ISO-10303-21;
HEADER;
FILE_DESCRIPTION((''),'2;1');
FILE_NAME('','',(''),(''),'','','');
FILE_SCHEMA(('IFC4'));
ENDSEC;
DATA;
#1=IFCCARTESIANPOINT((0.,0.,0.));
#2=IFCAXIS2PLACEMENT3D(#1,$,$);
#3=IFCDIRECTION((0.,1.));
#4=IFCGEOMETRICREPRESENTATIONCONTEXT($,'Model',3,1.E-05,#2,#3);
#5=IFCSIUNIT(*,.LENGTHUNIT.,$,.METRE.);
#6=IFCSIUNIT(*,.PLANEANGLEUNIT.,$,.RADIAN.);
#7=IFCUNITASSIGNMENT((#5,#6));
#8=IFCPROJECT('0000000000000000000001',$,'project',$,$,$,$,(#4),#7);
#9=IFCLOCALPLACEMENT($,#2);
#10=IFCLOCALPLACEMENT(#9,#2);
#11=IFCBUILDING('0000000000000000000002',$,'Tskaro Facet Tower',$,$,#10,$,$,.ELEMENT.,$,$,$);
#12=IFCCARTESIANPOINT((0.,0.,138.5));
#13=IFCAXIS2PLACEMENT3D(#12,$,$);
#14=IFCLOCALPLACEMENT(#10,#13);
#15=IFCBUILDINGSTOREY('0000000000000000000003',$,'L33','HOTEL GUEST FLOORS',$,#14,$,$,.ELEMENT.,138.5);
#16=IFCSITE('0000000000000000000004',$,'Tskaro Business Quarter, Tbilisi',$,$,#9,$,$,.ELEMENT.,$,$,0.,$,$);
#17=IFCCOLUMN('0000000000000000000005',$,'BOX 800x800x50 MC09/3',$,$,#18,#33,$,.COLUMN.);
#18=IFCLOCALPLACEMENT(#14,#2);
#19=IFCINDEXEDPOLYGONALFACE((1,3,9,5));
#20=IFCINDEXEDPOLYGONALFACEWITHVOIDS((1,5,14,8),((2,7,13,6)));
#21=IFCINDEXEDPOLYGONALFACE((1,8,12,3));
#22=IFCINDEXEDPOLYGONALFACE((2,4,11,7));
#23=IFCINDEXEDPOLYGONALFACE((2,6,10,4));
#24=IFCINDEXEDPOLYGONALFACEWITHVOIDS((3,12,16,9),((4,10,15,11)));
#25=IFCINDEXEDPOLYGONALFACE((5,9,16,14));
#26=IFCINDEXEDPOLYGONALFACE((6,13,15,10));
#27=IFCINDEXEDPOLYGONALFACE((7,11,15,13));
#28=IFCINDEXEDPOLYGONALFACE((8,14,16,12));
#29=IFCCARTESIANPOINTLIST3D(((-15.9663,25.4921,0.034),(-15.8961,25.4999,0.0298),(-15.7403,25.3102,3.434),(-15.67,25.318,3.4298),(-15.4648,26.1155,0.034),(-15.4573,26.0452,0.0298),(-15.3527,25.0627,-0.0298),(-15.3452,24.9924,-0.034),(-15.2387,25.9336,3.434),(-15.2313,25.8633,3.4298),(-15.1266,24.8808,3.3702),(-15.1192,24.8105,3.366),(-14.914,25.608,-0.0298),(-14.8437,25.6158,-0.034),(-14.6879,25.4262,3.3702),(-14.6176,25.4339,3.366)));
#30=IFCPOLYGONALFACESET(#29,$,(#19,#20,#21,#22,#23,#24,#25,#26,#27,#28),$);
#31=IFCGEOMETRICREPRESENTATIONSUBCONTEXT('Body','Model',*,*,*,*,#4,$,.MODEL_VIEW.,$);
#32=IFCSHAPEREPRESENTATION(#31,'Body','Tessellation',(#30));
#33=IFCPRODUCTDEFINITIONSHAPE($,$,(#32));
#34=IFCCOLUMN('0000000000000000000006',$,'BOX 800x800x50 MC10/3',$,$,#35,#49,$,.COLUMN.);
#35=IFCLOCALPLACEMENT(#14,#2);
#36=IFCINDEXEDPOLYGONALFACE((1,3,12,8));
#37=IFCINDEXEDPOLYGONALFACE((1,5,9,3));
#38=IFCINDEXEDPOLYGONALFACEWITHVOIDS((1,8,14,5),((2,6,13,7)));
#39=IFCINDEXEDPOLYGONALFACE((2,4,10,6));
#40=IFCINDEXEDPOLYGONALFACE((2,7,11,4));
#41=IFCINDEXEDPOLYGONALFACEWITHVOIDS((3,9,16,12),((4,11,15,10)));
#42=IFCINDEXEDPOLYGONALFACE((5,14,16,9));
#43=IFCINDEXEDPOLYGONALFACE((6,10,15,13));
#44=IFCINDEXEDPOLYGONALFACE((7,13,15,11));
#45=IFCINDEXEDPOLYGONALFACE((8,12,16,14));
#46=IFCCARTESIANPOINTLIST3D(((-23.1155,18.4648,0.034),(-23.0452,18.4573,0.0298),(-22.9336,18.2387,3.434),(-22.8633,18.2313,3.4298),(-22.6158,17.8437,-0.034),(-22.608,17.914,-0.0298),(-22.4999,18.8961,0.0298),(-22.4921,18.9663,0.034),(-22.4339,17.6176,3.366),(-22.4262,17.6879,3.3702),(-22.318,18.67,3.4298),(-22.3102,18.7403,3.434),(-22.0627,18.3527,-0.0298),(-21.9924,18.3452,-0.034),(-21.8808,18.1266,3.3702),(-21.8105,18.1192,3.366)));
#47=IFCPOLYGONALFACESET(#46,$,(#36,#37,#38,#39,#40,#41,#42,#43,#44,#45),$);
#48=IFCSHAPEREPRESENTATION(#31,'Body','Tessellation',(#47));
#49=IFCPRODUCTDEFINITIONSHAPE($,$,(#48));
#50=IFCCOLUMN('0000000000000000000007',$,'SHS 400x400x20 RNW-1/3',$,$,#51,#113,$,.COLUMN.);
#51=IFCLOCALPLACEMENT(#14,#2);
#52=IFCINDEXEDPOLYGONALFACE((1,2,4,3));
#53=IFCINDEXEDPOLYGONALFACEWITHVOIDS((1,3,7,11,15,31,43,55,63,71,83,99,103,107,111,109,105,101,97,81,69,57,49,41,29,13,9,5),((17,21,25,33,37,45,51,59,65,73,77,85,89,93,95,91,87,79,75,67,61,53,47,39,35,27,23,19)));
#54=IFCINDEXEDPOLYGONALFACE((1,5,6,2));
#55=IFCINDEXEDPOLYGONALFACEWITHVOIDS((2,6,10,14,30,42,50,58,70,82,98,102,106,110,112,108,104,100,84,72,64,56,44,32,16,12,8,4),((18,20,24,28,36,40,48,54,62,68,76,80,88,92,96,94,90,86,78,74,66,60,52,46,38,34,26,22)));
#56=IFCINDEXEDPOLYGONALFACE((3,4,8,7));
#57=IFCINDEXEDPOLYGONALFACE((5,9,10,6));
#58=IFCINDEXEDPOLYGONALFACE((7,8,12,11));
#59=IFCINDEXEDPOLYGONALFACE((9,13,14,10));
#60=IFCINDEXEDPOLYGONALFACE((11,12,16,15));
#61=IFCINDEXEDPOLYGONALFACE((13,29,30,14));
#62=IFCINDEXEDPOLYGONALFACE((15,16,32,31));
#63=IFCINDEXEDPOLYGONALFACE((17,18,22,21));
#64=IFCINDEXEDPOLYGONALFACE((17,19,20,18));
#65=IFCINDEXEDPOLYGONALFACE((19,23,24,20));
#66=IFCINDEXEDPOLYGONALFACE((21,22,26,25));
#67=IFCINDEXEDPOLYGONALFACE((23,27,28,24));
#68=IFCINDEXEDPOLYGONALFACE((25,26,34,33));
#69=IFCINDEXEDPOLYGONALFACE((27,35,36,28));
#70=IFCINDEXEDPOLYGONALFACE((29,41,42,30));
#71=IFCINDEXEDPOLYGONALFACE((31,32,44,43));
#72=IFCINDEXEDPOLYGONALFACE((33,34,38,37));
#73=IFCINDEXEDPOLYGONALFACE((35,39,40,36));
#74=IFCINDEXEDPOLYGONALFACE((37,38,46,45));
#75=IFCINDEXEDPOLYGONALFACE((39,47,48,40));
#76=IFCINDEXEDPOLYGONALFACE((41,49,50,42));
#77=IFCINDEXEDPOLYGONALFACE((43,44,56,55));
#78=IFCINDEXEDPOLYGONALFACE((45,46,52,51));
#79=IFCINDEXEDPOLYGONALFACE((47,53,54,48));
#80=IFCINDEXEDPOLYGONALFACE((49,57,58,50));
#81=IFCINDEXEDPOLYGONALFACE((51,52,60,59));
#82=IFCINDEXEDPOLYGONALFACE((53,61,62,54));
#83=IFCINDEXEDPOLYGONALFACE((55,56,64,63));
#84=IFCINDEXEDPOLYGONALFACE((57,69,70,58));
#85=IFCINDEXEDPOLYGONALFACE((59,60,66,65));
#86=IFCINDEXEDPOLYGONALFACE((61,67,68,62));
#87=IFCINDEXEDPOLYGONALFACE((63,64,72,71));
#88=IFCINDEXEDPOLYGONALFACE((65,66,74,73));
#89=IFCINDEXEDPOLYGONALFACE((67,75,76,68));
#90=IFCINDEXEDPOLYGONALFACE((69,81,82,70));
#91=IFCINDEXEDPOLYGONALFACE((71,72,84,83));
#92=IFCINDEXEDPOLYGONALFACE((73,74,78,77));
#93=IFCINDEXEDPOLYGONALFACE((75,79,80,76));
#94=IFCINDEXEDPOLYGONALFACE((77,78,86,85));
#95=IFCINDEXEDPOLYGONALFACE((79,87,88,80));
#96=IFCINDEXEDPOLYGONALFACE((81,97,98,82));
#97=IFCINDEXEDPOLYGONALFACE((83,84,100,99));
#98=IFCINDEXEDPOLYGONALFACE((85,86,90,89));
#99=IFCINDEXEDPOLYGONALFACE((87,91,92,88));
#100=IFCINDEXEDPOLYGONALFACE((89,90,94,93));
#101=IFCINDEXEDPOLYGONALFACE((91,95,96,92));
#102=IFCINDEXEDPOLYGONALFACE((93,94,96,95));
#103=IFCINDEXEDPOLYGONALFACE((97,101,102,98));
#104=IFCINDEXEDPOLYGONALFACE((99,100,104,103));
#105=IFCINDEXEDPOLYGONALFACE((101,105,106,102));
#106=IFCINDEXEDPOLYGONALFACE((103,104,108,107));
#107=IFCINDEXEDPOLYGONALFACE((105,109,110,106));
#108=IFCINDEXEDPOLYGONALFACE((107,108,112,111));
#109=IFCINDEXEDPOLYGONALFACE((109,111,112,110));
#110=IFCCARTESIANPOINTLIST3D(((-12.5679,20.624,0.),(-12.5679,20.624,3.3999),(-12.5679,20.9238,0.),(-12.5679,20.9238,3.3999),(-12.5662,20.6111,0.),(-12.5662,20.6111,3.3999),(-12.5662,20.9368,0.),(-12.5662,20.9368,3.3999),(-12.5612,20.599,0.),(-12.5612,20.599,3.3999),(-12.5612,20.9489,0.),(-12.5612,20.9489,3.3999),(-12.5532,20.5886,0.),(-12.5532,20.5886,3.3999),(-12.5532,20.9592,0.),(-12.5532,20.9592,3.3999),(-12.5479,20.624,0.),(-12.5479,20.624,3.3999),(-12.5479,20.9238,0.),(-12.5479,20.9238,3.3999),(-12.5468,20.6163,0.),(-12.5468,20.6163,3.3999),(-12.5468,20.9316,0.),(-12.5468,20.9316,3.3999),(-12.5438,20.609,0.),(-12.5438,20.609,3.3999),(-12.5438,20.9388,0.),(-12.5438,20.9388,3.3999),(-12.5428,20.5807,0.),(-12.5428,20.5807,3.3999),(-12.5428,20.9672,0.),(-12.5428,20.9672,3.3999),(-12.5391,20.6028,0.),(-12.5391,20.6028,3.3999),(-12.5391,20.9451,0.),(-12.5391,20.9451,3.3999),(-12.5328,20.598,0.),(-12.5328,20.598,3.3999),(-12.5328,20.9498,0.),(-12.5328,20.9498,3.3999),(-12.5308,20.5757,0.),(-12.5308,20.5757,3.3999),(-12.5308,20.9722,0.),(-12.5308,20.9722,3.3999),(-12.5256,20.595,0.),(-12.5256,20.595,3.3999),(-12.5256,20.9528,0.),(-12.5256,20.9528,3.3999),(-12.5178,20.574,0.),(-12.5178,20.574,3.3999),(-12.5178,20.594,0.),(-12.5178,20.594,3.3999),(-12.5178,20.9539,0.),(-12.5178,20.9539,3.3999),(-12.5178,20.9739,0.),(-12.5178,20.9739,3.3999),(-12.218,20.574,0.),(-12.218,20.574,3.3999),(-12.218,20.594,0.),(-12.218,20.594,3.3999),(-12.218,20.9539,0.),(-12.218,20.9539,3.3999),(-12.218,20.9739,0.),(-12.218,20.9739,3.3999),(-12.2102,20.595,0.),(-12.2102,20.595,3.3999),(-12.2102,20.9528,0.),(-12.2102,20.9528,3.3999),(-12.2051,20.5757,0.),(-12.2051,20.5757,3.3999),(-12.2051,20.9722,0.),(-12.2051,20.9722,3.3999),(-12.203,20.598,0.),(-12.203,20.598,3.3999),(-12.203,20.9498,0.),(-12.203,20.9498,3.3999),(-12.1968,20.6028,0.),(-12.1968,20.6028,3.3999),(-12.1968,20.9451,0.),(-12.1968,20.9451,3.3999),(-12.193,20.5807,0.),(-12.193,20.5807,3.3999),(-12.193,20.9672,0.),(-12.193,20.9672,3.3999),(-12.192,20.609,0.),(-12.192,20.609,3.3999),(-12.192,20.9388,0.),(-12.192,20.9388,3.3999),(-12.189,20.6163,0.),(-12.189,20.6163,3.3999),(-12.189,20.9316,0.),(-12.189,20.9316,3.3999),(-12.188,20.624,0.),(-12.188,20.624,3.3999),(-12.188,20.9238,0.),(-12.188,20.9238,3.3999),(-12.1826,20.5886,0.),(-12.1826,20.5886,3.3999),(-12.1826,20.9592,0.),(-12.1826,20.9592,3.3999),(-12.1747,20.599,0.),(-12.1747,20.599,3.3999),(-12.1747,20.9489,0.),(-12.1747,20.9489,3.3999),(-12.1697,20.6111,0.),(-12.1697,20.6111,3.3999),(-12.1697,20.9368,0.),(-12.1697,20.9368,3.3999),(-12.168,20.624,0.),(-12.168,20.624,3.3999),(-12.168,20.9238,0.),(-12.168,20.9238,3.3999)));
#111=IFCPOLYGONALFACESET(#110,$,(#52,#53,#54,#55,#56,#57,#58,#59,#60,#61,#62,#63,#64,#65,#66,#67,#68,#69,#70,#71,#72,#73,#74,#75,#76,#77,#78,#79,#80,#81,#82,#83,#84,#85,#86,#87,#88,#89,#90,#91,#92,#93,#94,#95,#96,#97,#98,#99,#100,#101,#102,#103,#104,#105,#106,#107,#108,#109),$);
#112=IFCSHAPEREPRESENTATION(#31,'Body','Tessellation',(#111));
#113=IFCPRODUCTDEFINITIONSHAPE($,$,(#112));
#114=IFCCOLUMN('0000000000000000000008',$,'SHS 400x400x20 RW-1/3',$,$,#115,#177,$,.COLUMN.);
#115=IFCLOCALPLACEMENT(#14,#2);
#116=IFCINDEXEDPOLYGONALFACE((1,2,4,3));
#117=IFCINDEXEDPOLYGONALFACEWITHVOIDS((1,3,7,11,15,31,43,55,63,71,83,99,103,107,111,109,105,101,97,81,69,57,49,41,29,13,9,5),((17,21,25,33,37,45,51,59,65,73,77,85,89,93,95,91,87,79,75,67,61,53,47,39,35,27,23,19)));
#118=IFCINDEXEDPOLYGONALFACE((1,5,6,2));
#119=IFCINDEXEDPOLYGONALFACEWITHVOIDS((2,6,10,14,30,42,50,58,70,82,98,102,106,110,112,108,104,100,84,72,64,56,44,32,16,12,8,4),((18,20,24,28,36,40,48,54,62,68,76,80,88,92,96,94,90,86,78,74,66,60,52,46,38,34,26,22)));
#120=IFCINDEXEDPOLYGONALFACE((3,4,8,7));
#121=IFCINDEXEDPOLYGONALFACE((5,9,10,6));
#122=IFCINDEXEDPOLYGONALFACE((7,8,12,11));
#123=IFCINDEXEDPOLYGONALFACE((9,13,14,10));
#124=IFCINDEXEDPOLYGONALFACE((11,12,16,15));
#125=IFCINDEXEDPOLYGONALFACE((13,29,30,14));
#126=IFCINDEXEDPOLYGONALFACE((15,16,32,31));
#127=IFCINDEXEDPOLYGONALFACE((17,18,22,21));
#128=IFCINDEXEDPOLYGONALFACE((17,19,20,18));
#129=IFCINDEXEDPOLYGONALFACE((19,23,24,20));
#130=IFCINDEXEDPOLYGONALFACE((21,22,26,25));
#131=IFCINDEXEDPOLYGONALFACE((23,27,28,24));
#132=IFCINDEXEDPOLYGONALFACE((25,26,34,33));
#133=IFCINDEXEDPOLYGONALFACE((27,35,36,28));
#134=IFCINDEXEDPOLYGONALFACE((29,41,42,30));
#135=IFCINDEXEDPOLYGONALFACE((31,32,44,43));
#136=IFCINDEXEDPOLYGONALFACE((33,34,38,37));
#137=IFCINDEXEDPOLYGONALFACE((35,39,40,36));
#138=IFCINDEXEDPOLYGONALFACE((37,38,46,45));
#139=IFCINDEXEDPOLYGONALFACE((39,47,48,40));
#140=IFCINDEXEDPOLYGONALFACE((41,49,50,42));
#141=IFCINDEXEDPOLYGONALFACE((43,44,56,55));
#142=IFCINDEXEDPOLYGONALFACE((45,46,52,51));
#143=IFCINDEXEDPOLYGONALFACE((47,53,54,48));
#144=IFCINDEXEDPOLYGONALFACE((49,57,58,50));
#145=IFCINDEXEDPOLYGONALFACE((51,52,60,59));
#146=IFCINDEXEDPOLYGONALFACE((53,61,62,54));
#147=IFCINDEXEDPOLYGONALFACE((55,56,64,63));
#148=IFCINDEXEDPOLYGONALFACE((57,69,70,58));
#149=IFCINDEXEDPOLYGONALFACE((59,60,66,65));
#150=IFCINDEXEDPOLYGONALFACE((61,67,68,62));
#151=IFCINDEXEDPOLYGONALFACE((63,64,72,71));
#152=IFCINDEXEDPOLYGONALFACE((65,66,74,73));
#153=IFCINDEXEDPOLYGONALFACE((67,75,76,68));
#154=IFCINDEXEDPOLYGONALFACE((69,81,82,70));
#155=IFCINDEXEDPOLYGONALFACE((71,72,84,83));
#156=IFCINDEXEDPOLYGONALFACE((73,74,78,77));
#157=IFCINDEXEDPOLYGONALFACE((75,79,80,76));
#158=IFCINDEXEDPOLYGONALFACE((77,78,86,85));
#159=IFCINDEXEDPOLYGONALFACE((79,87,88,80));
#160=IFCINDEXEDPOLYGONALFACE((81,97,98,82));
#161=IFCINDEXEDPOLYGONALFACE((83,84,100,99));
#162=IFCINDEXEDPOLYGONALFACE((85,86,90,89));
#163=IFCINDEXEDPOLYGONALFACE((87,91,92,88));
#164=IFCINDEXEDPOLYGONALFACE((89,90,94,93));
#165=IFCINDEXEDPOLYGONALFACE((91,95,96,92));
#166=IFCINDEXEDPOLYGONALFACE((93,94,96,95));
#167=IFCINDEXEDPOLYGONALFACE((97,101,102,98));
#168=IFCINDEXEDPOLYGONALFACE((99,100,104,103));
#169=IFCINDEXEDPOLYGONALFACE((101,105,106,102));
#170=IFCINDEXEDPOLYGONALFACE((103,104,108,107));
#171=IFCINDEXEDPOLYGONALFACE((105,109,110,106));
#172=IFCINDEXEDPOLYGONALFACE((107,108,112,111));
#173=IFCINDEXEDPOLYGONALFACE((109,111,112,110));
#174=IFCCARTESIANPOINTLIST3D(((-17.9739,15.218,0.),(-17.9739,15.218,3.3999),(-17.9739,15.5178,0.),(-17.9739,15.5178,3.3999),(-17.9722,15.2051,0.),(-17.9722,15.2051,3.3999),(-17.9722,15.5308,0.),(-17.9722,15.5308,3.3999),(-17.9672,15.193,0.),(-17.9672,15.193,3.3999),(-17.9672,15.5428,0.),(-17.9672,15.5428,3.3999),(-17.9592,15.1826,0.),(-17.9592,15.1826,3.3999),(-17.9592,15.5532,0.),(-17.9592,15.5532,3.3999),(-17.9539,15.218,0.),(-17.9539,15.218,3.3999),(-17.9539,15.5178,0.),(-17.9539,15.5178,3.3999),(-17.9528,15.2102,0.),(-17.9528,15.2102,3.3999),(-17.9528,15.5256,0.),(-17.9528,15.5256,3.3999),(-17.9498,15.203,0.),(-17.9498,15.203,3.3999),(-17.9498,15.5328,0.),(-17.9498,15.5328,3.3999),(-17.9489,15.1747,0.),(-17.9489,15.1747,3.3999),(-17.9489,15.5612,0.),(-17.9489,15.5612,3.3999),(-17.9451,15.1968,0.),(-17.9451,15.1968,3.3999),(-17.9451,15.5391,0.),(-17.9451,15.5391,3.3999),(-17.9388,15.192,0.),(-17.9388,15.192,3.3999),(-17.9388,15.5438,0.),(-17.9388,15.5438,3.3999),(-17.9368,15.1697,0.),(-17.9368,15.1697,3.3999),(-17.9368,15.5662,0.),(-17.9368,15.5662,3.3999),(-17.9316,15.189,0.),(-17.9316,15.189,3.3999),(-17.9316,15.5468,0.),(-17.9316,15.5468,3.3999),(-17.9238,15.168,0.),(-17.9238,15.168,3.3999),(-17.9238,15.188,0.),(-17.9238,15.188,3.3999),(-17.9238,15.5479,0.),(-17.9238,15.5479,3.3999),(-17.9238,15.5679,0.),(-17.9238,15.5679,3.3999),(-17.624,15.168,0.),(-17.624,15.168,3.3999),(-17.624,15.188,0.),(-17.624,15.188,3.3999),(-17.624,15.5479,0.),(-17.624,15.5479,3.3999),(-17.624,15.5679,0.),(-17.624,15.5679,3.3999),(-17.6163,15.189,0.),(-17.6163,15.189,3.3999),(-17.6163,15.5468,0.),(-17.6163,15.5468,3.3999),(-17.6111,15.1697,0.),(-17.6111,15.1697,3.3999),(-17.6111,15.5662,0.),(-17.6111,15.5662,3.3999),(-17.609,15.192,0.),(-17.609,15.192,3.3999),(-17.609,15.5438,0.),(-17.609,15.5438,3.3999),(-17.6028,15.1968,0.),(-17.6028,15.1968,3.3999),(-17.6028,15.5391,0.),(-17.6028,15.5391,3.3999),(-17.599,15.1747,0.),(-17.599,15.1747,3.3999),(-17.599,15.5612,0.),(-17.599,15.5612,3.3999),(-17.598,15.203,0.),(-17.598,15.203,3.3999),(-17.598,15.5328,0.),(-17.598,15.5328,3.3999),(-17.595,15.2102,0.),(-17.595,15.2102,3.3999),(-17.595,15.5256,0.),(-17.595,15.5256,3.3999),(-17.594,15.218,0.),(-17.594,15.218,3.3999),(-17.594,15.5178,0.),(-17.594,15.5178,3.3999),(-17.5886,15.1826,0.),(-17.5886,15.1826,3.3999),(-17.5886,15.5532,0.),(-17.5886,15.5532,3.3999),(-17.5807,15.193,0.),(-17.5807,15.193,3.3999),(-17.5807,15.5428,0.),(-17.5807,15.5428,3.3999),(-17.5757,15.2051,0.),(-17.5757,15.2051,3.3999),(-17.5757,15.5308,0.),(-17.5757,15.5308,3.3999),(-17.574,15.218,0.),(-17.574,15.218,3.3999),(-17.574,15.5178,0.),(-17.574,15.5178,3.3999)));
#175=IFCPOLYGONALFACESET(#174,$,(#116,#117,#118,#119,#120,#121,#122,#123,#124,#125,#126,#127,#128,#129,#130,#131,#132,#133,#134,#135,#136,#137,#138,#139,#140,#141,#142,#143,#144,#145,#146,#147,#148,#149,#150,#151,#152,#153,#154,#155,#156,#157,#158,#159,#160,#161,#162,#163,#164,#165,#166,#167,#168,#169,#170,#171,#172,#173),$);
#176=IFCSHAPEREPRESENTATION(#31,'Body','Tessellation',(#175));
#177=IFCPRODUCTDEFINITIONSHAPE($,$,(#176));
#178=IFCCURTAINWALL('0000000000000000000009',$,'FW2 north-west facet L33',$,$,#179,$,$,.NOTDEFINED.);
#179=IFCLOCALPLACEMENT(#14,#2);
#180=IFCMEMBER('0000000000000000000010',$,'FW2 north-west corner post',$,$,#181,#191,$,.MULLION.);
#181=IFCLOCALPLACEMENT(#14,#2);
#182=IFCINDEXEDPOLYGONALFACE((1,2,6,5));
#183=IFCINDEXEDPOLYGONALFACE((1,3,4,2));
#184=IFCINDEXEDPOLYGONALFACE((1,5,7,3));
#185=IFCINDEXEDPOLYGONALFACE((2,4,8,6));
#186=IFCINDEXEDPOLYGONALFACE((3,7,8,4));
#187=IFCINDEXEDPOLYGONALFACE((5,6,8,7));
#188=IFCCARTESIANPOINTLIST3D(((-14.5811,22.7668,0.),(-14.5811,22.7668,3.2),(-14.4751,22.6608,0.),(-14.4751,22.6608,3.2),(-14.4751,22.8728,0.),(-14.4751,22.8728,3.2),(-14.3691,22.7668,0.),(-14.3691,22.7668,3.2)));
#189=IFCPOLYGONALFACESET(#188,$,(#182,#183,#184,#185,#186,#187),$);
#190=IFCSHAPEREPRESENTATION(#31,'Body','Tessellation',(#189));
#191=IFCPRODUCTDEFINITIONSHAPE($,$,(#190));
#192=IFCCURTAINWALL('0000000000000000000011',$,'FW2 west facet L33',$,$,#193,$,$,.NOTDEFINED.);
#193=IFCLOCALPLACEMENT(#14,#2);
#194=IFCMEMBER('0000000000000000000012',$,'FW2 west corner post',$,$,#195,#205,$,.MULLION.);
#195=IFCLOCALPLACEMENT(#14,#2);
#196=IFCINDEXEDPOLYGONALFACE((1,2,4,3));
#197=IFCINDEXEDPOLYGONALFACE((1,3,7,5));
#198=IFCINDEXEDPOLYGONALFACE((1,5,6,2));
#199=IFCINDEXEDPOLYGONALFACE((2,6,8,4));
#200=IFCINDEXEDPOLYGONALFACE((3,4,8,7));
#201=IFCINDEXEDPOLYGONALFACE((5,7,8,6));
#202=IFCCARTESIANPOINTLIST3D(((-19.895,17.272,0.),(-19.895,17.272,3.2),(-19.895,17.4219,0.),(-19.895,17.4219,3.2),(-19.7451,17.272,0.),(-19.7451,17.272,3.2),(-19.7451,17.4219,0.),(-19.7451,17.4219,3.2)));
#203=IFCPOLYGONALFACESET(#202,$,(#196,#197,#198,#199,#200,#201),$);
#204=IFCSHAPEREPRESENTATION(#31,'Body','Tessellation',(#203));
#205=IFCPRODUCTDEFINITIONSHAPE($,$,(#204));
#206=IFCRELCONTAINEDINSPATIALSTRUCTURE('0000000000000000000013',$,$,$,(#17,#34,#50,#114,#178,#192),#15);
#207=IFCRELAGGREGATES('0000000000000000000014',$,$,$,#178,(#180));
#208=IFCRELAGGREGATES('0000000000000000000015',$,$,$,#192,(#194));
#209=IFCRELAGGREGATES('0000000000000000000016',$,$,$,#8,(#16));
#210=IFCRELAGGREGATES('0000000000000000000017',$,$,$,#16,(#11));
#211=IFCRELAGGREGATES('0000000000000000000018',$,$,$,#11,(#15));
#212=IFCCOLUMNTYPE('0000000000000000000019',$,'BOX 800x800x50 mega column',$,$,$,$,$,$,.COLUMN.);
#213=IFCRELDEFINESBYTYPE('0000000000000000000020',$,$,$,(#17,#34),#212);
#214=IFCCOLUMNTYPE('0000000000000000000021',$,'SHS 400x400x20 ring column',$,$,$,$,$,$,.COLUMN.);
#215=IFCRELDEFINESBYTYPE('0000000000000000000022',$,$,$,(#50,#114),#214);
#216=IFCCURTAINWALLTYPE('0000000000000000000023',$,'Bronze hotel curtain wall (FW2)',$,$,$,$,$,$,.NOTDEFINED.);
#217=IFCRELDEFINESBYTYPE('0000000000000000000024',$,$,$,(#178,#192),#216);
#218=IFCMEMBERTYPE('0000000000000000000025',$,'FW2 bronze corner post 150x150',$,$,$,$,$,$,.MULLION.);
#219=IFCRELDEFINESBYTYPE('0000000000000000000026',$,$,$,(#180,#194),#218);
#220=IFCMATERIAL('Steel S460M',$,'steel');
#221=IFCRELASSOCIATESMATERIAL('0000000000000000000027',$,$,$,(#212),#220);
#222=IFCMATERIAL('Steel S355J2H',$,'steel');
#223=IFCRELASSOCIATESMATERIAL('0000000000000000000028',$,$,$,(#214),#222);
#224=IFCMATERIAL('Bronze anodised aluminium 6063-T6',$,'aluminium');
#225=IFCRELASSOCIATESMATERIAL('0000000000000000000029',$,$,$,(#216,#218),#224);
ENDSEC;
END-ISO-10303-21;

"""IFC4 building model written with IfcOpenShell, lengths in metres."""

from ifc_helpers import new_model, si_unit, direction, frame, origin, origin_2d, place, context, subcontext, project, spatial, rectangle, hollow_rectangle, extrude, material, material_profile, profile_set, type_object, element, aggregate, save


model = new_model("IFC4")

# Units and contexts
model_context = context("Model", 3, precision=1e-05, world=origin(), true_north=direction((0.0, 1.0)))
body_context = subcontext(model_context, "Body", "Model", "MODEL_VIEW")
ifc_project = project(units=[si_unit("LENGTHUNIT", "METRE"), si_unit("PLANEANGLEUNIT", "RADIAN")], contexts=[model_context])

# Site, building, storey
site_placement = place(None, origin())
site = spatial("IfcSite", under=ifc_project, at=site_placement, Name="Tskaro Business Quarter, Tbilisi", CompositionType="ELEMENT", RefElevation=0.0)
building_placement = place(site_placement, origin())
building = spatial("IfcBuilding", under=site, at=building_placement, Name="Tskaro Facet Tower", CompositionType="ELEMENT")
storey_placement = place(building_placement, frame((0.0, 0.0, 138.5)))
storey = spatial("IfcBuildingStorey", under=building, at=storey_placement, Name="L33", Description="HOTEL GUEST FLOORS", CompositionType="ELEMENT", Elevation=138.5)

# Columns
ifc_material_1 = material(Name="Steel S460M", Category="steel")
ifc_material_profile_1 = material_profile(ifc_material_1, hollow_rectangle(XDim=0.8, YDim=0.8, WallThickness=0.05, at=origin_2d()), Name="BOX 800x800x50")
ifc_profile_set_1 = profile_set([ifc_material_profile_1], Name="Steel S460M")
column_type_1 = type_object("IfcColumnType", Name="BOX 800x800x50 mega column", PredefinedType="COLUMN", material=ifc_profile_set_1)
for number, where, z_axis, x_axis, name in (
    (1, (-15.405, 25.554, 0.0), (0.066253, -0.053303, 0.996378), (0.626847, 0.779142, 0.0), "BOX 800x800x50 MC09/3"),
    (2, (-22.554, 18.405, 0.0), (0.053303, -0.066253, 0.996378), (0.779142, 0.626847, 0.0), "BOX 800x800x50 MC10/3"),
):
    element("IfcColumn", number, at=place(storey_placement, frame(where, z_axis=z_axis, x_axis=x_axis)), inside=storey, type_object=column_type_1, Name=name, PredefinedType="COLUMN", context=body_context, shape_type="SweptSolid", body=[
        extrude(hollow_rectangle(XDim=0.8, YDim=0.8, WallThickness=0.05, at=origin_2d()), origin(), (0.0, 0.0, 1.0), 3.4124),
    ])
ifc_material_2 = material(Name="Steel S355J2H", Category="steel")
ifc_material_profile_2 = material_profile(ifc_material_2, hollow_rectangle(XDim=0.3999, YDim=0.3999, WallThickness=0.02, InnerFilletRadius=0.03, OuterFilletRadius=0.05, at=origin_2d()), Name="SHS 400x400x20")
ifc_profile_set_2 = profile_set([ifc_material_profile_2], Name="Steel S355J2H")
column_type_2 = type_object("IfcColumnType", Name="SHS 400x400x20 ring column", PredefinedType="COLUMN", material=ifc_profile_set_2)
for number, where, z_axis, x_axis, name in (
    (3, (-12.3679, 20.7739, 0.0), (0.0, 0.0, 1.0), (1.0, 0.0, 0.0), "SHS 400x400x20 RNW-1/3"),
    (4, (-17.7739, 15.3679, 0.0), (0.0, 0.0, 1.0), (1.0, 0.0, 0.0), "SHS 400x400x20 RW-1/3"),
):
    element("IfcColumn", number, at=place(storey_placement, frame(where, z_axis=z_axis, x_axis=x_axis)), inside=storey, type_object=column_type_2, Name=name, PredefinedType="COLUMN", context=body_context, shape_type="SweptSolid", body=[
        extrude(hollow_rectangle(XDim=0.3999, YDim=0.3999, WallThickness=0.02, InnerFilletRadius=0.03, OuterFilletRadius=0.05, at=origin_2d()), origin(), (0.0, 0.0, 1.0), 3.3999),
    ])

# Curtain wall, member
ifc_material_3 = material(Name="Bronze anodised aluminium 6063-T6", Category="aluminium")
curtain_wall_type = type_object("IfcCurtainWallType", Name="Bronze hotel curtain wall (FW2)", PredefinedType="NOTDEFINED", material=ifc_material_3)
curtain_wall_1_placement = place(storey_placement, origin())
curtain_wall_1 = element("IfcCurtainWall", 5, at=curtain_wall_1_placement, inside=storey, type_object=curtain_wall_type, Name="FW2 north-west facet L33", PredefinedType="NOTDEFINED")
ifc_material_profile_3 = material_profile(ifc_material_3, rectangle(XDim=0.1499, YDim=0.1499, at=origin_2d()), Name="Corner post 150x150")
ifc_profile_set_3 = profile_set([ifc_material_profile_3], Name="Bronze anodised aluminium 6063-T6")
member_type_1 = type_object("IfcMemberType", Name="FW2 bronze corner post 150x150", PredefinedType="MULLION", material=ifc_profile_set_3)
member_1_placement = place(storey_placement, frame((-14.4751, 22.7668, 0.0), z_axis=(0.0, 0.0, 1.0), x_axis=(-0.707107, -0.707107, 0.0)))
member_1 = element("IfcMember", 6, at=member_1_placement, type_object=member_type_1, Name="FW2 north-west corner post", PredefinedType="MULLION", context=body_context, shape_type="SweptSolid", body=[
    extrude(rectangle(XDim=0.1499, YDim=0.1499, at=origin_2d()), origin(), (0.0, 0.0, 1.0), 3.2),
])

# Curtain wall, member
curtain_wall_2_placement = place(storey_placement, origin())
curtain_wall_2 = element("IfcCurtainWall", 7, at=curtain_wall_2_placement, inside=storey, type_object=curtain_wall_type, Name="FW2 west facet L33", PredefinedType="NOTDEFINED")
member_2_placement = place(storey_placement, frame((-19.8201, 17.3469, 0.0), z_axis=(0.0, 0.0, 1.0), x_axis=(0.0, -1.0, 0.0)))
member_2 = element("IfcMember", 8, at=member_2_placement, type_object=member_type_1, Name="FW2 west corner post", PredefinedType="MULLION", context=body_context, shape_type="SweptSolid", body=[
    extrude(rectangle(XDim=0.1499, YDim=0.1499, at=origin_2d()), origin(), (0.0, 0.0, 1.0), 3.2),
])

aggregate(curtain_wall_1, [member_1])
aggregate(curtain_wall_2, [member_2])

save(model, "model.ifc")
